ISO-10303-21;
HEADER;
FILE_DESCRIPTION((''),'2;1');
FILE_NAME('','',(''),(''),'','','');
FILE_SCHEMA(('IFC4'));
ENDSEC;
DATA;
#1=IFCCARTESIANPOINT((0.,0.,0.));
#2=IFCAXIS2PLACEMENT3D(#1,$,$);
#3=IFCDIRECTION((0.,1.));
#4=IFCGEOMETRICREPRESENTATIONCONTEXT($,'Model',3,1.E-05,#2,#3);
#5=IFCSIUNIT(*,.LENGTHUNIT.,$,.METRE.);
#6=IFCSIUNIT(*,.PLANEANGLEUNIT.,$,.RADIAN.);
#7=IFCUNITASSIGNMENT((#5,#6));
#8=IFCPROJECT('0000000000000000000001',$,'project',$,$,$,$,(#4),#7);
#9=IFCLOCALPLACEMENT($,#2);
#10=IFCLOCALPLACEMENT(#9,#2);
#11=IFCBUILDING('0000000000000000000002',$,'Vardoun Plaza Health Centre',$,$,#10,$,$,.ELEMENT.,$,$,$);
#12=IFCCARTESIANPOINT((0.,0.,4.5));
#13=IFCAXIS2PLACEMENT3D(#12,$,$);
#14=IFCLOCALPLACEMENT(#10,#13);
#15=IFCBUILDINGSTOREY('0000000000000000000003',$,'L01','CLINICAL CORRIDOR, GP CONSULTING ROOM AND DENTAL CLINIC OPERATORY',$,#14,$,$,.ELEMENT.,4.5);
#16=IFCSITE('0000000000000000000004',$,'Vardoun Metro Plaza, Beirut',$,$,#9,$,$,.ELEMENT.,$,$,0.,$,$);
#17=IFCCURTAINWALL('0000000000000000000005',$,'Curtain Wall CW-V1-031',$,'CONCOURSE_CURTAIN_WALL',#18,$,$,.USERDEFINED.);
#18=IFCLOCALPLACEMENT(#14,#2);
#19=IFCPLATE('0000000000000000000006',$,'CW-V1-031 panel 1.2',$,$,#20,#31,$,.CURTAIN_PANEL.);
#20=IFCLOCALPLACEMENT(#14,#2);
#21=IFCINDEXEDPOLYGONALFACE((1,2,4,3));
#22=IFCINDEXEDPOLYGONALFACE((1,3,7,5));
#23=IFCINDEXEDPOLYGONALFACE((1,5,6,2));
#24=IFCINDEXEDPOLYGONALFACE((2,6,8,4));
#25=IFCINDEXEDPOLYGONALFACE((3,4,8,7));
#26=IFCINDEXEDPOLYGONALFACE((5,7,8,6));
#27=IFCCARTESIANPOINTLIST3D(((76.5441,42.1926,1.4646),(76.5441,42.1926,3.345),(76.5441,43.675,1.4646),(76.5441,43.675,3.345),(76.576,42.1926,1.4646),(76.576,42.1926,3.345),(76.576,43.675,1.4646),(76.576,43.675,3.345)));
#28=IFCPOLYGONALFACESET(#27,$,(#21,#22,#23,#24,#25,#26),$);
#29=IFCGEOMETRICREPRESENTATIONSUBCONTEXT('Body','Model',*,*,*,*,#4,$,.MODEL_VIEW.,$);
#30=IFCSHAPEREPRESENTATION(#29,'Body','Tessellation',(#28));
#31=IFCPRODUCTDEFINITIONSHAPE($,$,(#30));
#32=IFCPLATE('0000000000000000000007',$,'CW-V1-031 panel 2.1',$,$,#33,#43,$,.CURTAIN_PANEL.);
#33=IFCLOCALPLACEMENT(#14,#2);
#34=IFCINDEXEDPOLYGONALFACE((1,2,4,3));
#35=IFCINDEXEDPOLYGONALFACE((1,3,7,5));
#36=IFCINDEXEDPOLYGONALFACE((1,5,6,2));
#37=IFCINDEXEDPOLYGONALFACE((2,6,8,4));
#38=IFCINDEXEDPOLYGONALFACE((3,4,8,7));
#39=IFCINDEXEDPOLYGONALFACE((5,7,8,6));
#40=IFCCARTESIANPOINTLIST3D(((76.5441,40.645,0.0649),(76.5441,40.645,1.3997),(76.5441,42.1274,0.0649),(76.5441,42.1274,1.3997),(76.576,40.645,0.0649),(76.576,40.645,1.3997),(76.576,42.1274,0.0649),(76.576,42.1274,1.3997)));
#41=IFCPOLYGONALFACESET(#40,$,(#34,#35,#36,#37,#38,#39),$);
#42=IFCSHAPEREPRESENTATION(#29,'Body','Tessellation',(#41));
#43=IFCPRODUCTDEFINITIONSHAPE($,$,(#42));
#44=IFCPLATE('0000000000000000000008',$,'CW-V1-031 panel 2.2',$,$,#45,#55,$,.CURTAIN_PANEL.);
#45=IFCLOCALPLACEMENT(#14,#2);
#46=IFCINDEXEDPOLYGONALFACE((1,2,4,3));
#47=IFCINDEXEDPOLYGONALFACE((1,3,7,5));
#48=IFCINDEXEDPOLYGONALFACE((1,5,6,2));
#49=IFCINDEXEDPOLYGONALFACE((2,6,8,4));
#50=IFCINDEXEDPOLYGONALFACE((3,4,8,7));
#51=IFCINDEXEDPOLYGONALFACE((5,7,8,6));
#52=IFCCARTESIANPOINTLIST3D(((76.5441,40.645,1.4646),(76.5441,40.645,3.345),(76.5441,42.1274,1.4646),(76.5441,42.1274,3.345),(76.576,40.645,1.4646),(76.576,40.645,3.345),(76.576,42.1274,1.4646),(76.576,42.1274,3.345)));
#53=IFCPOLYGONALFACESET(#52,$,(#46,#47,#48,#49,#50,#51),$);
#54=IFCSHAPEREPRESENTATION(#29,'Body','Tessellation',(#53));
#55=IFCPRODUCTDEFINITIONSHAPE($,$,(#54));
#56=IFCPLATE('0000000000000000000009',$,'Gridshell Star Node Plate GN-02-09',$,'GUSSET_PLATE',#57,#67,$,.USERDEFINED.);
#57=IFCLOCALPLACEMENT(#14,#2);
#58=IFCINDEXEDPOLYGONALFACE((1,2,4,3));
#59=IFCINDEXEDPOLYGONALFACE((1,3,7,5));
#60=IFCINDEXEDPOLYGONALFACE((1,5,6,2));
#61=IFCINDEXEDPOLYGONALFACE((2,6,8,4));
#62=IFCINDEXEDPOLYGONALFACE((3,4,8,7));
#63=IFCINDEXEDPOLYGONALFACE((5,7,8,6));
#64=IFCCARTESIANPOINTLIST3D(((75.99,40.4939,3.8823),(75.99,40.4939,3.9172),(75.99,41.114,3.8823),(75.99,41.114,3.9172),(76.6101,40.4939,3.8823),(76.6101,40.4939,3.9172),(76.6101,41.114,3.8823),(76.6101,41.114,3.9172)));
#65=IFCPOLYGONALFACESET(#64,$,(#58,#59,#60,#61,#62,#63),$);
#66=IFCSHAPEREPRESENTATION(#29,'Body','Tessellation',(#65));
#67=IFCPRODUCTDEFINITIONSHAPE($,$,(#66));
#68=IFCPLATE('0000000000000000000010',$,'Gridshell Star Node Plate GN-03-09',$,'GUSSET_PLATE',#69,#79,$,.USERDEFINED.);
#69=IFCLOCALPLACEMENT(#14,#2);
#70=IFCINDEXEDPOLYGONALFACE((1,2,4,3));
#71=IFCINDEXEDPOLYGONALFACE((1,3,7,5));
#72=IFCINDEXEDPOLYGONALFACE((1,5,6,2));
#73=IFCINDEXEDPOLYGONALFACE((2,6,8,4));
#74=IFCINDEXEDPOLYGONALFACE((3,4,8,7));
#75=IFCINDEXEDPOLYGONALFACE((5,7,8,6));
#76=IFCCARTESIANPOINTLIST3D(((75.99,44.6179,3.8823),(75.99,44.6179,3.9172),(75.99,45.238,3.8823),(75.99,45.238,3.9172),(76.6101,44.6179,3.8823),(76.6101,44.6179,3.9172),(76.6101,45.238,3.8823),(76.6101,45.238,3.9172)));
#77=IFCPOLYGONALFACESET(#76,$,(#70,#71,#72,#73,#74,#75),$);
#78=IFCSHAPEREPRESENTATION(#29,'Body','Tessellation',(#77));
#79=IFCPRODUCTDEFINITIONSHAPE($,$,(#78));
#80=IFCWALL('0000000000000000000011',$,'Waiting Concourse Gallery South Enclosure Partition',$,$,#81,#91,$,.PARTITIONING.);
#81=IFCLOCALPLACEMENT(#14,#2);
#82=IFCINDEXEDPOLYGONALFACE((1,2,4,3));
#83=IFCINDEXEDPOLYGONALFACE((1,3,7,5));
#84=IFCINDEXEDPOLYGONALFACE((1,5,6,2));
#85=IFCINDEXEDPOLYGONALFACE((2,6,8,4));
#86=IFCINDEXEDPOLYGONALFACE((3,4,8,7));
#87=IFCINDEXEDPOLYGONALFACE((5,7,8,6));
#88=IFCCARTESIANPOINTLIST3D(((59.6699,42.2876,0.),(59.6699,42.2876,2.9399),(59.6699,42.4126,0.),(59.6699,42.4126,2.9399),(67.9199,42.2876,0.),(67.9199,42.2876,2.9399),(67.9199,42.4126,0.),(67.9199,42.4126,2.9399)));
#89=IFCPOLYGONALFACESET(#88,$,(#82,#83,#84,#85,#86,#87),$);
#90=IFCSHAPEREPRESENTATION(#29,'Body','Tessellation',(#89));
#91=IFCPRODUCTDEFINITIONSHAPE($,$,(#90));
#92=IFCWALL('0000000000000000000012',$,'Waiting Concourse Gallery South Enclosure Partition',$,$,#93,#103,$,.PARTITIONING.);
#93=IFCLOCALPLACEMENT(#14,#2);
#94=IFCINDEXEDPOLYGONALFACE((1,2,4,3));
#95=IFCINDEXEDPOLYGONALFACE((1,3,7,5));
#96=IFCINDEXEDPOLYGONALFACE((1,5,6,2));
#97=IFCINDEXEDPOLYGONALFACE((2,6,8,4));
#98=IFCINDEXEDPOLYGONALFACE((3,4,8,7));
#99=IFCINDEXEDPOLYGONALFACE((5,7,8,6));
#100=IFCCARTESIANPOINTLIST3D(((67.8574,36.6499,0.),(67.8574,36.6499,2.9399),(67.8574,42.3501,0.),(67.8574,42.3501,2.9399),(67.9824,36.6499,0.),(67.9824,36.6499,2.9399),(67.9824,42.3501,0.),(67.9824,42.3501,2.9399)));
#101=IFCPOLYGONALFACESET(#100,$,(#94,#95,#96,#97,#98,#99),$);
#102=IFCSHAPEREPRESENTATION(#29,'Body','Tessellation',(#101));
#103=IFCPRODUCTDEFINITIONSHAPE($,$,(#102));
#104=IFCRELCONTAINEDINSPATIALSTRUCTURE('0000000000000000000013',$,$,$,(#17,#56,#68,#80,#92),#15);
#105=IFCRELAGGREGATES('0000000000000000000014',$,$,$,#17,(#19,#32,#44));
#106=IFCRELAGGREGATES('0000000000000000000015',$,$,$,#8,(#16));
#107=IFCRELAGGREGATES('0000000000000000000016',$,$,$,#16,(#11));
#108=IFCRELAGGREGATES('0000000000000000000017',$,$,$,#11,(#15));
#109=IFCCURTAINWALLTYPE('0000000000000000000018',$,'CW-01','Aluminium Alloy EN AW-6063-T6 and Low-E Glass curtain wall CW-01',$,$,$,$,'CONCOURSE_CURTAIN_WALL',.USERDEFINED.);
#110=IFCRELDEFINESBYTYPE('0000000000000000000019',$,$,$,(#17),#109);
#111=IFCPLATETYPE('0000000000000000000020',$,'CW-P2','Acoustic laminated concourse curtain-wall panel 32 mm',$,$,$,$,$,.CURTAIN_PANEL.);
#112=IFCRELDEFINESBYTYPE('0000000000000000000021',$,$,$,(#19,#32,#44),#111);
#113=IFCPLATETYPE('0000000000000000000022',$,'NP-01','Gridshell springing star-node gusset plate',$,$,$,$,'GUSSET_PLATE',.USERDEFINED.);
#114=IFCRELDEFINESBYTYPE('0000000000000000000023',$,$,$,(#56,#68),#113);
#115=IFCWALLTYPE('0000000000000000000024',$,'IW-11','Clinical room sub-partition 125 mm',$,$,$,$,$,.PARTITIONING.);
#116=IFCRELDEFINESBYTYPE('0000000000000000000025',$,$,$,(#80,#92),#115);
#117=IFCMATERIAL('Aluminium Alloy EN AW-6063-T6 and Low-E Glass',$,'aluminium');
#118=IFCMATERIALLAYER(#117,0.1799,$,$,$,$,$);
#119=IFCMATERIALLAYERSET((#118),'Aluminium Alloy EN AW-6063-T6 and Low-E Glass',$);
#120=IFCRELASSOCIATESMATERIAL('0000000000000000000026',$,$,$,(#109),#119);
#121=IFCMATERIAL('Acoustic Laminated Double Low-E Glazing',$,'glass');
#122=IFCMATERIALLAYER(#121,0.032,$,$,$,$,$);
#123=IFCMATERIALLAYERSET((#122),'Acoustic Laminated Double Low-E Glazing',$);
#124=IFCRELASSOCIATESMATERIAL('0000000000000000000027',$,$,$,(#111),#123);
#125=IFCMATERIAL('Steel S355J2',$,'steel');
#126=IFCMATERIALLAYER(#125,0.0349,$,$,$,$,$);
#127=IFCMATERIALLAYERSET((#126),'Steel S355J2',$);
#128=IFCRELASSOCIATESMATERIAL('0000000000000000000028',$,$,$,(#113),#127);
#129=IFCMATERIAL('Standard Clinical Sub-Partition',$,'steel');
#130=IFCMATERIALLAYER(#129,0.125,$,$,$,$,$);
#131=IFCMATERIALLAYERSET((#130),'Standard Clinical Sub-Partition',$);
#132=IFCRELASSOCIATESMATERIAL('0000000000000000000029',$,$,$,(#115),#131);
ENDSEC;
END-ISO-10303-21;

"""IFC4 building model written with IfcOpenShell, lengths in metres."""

from ifc_helpers import new_model, si_unit, direction, frame, frame_2d, origin, origin_2d, place, context, subcontext, project, spatial, rectangle, extrude, material, layer, layer_set, type_object, element, aggregate, save


model = new_model("IFC4")

# Units and contexts
model_context = context("Model", 3, precision=1e-05, world=origin(), true_north=direction((0.0, 1.0)))
body_context = subcontext(model_context, "Body", "Model", "MODEL_VIEW")
ifc_project = project(units=[si_unit("LENGTHUNIT", "METRE"), si_unit("PLANEANGLEUNIT", "RADIAN")], contexts=[model_context])

# Site, building, storey
site_placement = place(None, origin())
site = spatial("IfcSite", under=ifc_project, at=site_placement, Name="Vardoun Metro Plaza, Beirut", CompositionType="ELEMENT", RefElevation=0.0)
building_placement = place(site_placement, origin())
building = spatial("IfcBuilding", under=site, at=building_placement, Name="Vardoun Plaza Health Centre", CompositionType="ELEMENT")
storey_placement = place(building_placement, frame((0.0, 0.0, 4.5)))
storey = spatial("IfcBuildingStorey", under=building, at=storey_placement, Name="L01", Description="CLINICAL CORRIDOR, GP CONSULTING ROOM AND DENTAL CLINIC OPERATORY", CompositionType="ELEMENT", Elevation=4.5)

# Shared definitions
ifc_material_1 = material(Name="Aluminium Alloy EN AW-6063-T6 and Low-E Glass", Category="aluminium")
ifc_layer_1 = layer(ifc_material_1, 0.1799)
ifc_layer_set_1 = layer_set([ifc_layer_1], Name="Aluminium Alloy EN AW-6063-T6 and Low-E Glass")
curtain_wall_type = type_object("IfcCurtainWallType", Name="CW-01", Description="Aluminium Alloy EN AW-6063-T6 and Low-E Glass curtain wall CW-01", ElementType="CONCOURSE_CURTAIN_WALL", PredefinedType="USERDEFINED", material=ifc_layer_set_1)

# Curtain wall, plates
curtain_wall_1_placement = place(storey_placement, origin())
curtain_wall_1 = element("IfcCurtainWall", 1, at=curtain_wall_1_placement, inside=storey, type_object=curtain_wall_type, Name="Curtain Wall CW-V1-031", ObjectType="CONCOURSE_CURTAIN_WALL", PredefinedType="USERDEFINED")
ifc_material_2 = material(Name="Acoustic Laminated Double Low-E Glazing", Category="glass")
ifc_layer_2 = layer(ifc_material_2, 0.032)
ifc_layer_set_2 = layer_set([ifc_layer_2], Name="Acoustic Laminated Double Low-E Glazing")
plate_type_1 = type_object("IfcPlateType", Name="CW-P2", Description="Acoustic laminated concourse curtain-wall panel 32 mm", PredefinedType="CURTAIN_PANEL", material=ifc_layer_set_2)
plate_1_placement = place(storey_placement, frame((76.5601, 42.9338, 1.4646), z_axis=(0.0, 0.0, 1.0), x_axis=(0.0, -1.0, 0.0)))
plate_1 = element("IfcPlate", 2, at=plate_1_placement, type_object=plate_type_1, Name="CW-V1-031 panel 1.2", PredefinedType="CURTAIN_PANEL", context=body_context, shape_type="SweptSolid", body=[
    extrude(rectangle(XDim=1.4824, YDim=0.032, at=origin_2d()), origin(), (0.0, 0.0, 1.0), 1.8804),
])
plate_2_placement = place(storey_placement, frame((76.5601, 41.3862, 0.0649), z_axis=(0.0, 0.0, 1.0), x_axis=(0.0, -1.0, 0.0)))
plate_2 = element("IfcPlate", 3, at=plate_2_placement, type_object=plate_type_1, Name="CW-V1-031 panel 2.1", PredefinedType="CURTAIN_PANEL", context=body_context, shape_type="SweptSolid", body=[
    extrude(rectangle(XDim=1.4824, YDim=0.032, at=origin_2d()), origin(), (0.0, 0.0, 1.0), 1.3347),
])
plate_3_placement = place(storey_placement, frame((76.5601, 41.3862, 1.4646), z_axis=(0.0, 0.0, 1.0), x_axis=(0.0, -1.0, 0.0)))
plate_3 = element("IfcPlate", 4, at=plate_3_placement, type_object=plate_type_1, Name="CW-V1-031 panel 2.2", PredefinedType="CURTAIN_PANEL", context=body_context, shape_type="SweptSolid", body=[
    extrude(rectangle(XDim=1.4824, YDim=0.032, at=origin_2d()), origin(), (0.0, 0.0, 1.0), 1.8804),
])
aggregate(curtain_wall_1, [plate_1, plate_2, plate_3])

# Plates
ifc_material_3 = material(Name="Steel S355J2", Category="steel")
ifc_layer_3 = layer(ifc_material_3, 0.0349)
ifc_layer_set_3 = layer_set([ifc_layer_3], Name="Steel S355J2")
plate_type_2 = type_object("IfcPlateType", Name="NP-01", Description="Gridshell springing star-node gusset plate", ElementType="GUSSET_PLATE", PredefinedType="USERDEFINED", material=ifc_layer_set_3)
for number, where, z_axis, x_axis, name in (
    (5, (76.3, 40.804, 3.8823), (0.0, 0.0, 1.0), (1.0, 0.0, 0.0), "Gridshell Star Node Plate GN-02-09"),
    (6, (76.3, 44.928, 3.8823), (0.0, 0.0, 1.0), (1.0, 0.0, 0.0), "Gridshell Star Node Plate GN-03-09"),
):
    element("IfcPlate", number, at=place(storey_placement, frame(where, z_axis=z_axis, x_axis=x_axis)), inside=storey, type_object=plate_type_2, Name=name, ObjectType="GUSSET_PLATE", PredefinedType="USERDEFINED", context=body_context, shape_type="SweptSolid", body=[
        extrude(rectangle(XDim=0.6201, YDim=0.6201, at=origin_2d()), origin(), (0.0, 0.0, 1.0), 0.0349),
    ])

# Walls
ifc_material_4 = material(Name="Standard Clinical Sub-Partition", Category="steel")
ifc_layer_4 = layer(ifc_material_4, 0.125)
ifc_layer_set_4 = layer_set([ifc_layer_4], Name="Standard Clinical Sub-Partition")
wall_type_1 = type_object("IfcWallType", Name="IW-11", Description="Clinical room sub-partition 125 mm", PredefinedType="PARTITIONING", material=ifc_layer_set_4)
wall_1_placement = place(storey_placement, frame((59.6699, 42.3501, 0.0), z_axis=(0.0, 0.0, 1.0), x_axis=(1.0, 0.0, 0.0)))
element("IfcWall", 7, at=wall_1_placement, inside=storey, type_object=wall_type_1, Name="Waiting Concourse Gallery South Enclosure Partition", PredefinedType="PARTITIONING", context=body_context, shape_type="SweptSolid", body=[
    extrude(rectangle(XDim=8.25, YDim=0.125, at=frame_2d((4.125, 0.0))), origin(), (0.0, 0.0, 1.0), 2.9399),
])
wall_2_placement = place(storey_placement, frame((67.9199, 42.3501, 0.0), z_axis=(0.0, 0.0, 1.0), x_axis=(0.0, -1.0, 0.0)))
element("IfcWall", 8, at=wall_2_placement, inside=storey, type_object=wall_type_1, Name="Waiting Concourse Gallery South Enclosure Partition", PredefinedType="PARTITIONING", context=body_context, shape_type="SweptSolid", body=[
    extrude(rectangle(XDim=5.7002, YDim=0.125, at=frame_2d((2.8501, 0.0))), origin(), (0.0, 0.0, 1.0), 2.9399),
])

save(model, "model.ifc")
